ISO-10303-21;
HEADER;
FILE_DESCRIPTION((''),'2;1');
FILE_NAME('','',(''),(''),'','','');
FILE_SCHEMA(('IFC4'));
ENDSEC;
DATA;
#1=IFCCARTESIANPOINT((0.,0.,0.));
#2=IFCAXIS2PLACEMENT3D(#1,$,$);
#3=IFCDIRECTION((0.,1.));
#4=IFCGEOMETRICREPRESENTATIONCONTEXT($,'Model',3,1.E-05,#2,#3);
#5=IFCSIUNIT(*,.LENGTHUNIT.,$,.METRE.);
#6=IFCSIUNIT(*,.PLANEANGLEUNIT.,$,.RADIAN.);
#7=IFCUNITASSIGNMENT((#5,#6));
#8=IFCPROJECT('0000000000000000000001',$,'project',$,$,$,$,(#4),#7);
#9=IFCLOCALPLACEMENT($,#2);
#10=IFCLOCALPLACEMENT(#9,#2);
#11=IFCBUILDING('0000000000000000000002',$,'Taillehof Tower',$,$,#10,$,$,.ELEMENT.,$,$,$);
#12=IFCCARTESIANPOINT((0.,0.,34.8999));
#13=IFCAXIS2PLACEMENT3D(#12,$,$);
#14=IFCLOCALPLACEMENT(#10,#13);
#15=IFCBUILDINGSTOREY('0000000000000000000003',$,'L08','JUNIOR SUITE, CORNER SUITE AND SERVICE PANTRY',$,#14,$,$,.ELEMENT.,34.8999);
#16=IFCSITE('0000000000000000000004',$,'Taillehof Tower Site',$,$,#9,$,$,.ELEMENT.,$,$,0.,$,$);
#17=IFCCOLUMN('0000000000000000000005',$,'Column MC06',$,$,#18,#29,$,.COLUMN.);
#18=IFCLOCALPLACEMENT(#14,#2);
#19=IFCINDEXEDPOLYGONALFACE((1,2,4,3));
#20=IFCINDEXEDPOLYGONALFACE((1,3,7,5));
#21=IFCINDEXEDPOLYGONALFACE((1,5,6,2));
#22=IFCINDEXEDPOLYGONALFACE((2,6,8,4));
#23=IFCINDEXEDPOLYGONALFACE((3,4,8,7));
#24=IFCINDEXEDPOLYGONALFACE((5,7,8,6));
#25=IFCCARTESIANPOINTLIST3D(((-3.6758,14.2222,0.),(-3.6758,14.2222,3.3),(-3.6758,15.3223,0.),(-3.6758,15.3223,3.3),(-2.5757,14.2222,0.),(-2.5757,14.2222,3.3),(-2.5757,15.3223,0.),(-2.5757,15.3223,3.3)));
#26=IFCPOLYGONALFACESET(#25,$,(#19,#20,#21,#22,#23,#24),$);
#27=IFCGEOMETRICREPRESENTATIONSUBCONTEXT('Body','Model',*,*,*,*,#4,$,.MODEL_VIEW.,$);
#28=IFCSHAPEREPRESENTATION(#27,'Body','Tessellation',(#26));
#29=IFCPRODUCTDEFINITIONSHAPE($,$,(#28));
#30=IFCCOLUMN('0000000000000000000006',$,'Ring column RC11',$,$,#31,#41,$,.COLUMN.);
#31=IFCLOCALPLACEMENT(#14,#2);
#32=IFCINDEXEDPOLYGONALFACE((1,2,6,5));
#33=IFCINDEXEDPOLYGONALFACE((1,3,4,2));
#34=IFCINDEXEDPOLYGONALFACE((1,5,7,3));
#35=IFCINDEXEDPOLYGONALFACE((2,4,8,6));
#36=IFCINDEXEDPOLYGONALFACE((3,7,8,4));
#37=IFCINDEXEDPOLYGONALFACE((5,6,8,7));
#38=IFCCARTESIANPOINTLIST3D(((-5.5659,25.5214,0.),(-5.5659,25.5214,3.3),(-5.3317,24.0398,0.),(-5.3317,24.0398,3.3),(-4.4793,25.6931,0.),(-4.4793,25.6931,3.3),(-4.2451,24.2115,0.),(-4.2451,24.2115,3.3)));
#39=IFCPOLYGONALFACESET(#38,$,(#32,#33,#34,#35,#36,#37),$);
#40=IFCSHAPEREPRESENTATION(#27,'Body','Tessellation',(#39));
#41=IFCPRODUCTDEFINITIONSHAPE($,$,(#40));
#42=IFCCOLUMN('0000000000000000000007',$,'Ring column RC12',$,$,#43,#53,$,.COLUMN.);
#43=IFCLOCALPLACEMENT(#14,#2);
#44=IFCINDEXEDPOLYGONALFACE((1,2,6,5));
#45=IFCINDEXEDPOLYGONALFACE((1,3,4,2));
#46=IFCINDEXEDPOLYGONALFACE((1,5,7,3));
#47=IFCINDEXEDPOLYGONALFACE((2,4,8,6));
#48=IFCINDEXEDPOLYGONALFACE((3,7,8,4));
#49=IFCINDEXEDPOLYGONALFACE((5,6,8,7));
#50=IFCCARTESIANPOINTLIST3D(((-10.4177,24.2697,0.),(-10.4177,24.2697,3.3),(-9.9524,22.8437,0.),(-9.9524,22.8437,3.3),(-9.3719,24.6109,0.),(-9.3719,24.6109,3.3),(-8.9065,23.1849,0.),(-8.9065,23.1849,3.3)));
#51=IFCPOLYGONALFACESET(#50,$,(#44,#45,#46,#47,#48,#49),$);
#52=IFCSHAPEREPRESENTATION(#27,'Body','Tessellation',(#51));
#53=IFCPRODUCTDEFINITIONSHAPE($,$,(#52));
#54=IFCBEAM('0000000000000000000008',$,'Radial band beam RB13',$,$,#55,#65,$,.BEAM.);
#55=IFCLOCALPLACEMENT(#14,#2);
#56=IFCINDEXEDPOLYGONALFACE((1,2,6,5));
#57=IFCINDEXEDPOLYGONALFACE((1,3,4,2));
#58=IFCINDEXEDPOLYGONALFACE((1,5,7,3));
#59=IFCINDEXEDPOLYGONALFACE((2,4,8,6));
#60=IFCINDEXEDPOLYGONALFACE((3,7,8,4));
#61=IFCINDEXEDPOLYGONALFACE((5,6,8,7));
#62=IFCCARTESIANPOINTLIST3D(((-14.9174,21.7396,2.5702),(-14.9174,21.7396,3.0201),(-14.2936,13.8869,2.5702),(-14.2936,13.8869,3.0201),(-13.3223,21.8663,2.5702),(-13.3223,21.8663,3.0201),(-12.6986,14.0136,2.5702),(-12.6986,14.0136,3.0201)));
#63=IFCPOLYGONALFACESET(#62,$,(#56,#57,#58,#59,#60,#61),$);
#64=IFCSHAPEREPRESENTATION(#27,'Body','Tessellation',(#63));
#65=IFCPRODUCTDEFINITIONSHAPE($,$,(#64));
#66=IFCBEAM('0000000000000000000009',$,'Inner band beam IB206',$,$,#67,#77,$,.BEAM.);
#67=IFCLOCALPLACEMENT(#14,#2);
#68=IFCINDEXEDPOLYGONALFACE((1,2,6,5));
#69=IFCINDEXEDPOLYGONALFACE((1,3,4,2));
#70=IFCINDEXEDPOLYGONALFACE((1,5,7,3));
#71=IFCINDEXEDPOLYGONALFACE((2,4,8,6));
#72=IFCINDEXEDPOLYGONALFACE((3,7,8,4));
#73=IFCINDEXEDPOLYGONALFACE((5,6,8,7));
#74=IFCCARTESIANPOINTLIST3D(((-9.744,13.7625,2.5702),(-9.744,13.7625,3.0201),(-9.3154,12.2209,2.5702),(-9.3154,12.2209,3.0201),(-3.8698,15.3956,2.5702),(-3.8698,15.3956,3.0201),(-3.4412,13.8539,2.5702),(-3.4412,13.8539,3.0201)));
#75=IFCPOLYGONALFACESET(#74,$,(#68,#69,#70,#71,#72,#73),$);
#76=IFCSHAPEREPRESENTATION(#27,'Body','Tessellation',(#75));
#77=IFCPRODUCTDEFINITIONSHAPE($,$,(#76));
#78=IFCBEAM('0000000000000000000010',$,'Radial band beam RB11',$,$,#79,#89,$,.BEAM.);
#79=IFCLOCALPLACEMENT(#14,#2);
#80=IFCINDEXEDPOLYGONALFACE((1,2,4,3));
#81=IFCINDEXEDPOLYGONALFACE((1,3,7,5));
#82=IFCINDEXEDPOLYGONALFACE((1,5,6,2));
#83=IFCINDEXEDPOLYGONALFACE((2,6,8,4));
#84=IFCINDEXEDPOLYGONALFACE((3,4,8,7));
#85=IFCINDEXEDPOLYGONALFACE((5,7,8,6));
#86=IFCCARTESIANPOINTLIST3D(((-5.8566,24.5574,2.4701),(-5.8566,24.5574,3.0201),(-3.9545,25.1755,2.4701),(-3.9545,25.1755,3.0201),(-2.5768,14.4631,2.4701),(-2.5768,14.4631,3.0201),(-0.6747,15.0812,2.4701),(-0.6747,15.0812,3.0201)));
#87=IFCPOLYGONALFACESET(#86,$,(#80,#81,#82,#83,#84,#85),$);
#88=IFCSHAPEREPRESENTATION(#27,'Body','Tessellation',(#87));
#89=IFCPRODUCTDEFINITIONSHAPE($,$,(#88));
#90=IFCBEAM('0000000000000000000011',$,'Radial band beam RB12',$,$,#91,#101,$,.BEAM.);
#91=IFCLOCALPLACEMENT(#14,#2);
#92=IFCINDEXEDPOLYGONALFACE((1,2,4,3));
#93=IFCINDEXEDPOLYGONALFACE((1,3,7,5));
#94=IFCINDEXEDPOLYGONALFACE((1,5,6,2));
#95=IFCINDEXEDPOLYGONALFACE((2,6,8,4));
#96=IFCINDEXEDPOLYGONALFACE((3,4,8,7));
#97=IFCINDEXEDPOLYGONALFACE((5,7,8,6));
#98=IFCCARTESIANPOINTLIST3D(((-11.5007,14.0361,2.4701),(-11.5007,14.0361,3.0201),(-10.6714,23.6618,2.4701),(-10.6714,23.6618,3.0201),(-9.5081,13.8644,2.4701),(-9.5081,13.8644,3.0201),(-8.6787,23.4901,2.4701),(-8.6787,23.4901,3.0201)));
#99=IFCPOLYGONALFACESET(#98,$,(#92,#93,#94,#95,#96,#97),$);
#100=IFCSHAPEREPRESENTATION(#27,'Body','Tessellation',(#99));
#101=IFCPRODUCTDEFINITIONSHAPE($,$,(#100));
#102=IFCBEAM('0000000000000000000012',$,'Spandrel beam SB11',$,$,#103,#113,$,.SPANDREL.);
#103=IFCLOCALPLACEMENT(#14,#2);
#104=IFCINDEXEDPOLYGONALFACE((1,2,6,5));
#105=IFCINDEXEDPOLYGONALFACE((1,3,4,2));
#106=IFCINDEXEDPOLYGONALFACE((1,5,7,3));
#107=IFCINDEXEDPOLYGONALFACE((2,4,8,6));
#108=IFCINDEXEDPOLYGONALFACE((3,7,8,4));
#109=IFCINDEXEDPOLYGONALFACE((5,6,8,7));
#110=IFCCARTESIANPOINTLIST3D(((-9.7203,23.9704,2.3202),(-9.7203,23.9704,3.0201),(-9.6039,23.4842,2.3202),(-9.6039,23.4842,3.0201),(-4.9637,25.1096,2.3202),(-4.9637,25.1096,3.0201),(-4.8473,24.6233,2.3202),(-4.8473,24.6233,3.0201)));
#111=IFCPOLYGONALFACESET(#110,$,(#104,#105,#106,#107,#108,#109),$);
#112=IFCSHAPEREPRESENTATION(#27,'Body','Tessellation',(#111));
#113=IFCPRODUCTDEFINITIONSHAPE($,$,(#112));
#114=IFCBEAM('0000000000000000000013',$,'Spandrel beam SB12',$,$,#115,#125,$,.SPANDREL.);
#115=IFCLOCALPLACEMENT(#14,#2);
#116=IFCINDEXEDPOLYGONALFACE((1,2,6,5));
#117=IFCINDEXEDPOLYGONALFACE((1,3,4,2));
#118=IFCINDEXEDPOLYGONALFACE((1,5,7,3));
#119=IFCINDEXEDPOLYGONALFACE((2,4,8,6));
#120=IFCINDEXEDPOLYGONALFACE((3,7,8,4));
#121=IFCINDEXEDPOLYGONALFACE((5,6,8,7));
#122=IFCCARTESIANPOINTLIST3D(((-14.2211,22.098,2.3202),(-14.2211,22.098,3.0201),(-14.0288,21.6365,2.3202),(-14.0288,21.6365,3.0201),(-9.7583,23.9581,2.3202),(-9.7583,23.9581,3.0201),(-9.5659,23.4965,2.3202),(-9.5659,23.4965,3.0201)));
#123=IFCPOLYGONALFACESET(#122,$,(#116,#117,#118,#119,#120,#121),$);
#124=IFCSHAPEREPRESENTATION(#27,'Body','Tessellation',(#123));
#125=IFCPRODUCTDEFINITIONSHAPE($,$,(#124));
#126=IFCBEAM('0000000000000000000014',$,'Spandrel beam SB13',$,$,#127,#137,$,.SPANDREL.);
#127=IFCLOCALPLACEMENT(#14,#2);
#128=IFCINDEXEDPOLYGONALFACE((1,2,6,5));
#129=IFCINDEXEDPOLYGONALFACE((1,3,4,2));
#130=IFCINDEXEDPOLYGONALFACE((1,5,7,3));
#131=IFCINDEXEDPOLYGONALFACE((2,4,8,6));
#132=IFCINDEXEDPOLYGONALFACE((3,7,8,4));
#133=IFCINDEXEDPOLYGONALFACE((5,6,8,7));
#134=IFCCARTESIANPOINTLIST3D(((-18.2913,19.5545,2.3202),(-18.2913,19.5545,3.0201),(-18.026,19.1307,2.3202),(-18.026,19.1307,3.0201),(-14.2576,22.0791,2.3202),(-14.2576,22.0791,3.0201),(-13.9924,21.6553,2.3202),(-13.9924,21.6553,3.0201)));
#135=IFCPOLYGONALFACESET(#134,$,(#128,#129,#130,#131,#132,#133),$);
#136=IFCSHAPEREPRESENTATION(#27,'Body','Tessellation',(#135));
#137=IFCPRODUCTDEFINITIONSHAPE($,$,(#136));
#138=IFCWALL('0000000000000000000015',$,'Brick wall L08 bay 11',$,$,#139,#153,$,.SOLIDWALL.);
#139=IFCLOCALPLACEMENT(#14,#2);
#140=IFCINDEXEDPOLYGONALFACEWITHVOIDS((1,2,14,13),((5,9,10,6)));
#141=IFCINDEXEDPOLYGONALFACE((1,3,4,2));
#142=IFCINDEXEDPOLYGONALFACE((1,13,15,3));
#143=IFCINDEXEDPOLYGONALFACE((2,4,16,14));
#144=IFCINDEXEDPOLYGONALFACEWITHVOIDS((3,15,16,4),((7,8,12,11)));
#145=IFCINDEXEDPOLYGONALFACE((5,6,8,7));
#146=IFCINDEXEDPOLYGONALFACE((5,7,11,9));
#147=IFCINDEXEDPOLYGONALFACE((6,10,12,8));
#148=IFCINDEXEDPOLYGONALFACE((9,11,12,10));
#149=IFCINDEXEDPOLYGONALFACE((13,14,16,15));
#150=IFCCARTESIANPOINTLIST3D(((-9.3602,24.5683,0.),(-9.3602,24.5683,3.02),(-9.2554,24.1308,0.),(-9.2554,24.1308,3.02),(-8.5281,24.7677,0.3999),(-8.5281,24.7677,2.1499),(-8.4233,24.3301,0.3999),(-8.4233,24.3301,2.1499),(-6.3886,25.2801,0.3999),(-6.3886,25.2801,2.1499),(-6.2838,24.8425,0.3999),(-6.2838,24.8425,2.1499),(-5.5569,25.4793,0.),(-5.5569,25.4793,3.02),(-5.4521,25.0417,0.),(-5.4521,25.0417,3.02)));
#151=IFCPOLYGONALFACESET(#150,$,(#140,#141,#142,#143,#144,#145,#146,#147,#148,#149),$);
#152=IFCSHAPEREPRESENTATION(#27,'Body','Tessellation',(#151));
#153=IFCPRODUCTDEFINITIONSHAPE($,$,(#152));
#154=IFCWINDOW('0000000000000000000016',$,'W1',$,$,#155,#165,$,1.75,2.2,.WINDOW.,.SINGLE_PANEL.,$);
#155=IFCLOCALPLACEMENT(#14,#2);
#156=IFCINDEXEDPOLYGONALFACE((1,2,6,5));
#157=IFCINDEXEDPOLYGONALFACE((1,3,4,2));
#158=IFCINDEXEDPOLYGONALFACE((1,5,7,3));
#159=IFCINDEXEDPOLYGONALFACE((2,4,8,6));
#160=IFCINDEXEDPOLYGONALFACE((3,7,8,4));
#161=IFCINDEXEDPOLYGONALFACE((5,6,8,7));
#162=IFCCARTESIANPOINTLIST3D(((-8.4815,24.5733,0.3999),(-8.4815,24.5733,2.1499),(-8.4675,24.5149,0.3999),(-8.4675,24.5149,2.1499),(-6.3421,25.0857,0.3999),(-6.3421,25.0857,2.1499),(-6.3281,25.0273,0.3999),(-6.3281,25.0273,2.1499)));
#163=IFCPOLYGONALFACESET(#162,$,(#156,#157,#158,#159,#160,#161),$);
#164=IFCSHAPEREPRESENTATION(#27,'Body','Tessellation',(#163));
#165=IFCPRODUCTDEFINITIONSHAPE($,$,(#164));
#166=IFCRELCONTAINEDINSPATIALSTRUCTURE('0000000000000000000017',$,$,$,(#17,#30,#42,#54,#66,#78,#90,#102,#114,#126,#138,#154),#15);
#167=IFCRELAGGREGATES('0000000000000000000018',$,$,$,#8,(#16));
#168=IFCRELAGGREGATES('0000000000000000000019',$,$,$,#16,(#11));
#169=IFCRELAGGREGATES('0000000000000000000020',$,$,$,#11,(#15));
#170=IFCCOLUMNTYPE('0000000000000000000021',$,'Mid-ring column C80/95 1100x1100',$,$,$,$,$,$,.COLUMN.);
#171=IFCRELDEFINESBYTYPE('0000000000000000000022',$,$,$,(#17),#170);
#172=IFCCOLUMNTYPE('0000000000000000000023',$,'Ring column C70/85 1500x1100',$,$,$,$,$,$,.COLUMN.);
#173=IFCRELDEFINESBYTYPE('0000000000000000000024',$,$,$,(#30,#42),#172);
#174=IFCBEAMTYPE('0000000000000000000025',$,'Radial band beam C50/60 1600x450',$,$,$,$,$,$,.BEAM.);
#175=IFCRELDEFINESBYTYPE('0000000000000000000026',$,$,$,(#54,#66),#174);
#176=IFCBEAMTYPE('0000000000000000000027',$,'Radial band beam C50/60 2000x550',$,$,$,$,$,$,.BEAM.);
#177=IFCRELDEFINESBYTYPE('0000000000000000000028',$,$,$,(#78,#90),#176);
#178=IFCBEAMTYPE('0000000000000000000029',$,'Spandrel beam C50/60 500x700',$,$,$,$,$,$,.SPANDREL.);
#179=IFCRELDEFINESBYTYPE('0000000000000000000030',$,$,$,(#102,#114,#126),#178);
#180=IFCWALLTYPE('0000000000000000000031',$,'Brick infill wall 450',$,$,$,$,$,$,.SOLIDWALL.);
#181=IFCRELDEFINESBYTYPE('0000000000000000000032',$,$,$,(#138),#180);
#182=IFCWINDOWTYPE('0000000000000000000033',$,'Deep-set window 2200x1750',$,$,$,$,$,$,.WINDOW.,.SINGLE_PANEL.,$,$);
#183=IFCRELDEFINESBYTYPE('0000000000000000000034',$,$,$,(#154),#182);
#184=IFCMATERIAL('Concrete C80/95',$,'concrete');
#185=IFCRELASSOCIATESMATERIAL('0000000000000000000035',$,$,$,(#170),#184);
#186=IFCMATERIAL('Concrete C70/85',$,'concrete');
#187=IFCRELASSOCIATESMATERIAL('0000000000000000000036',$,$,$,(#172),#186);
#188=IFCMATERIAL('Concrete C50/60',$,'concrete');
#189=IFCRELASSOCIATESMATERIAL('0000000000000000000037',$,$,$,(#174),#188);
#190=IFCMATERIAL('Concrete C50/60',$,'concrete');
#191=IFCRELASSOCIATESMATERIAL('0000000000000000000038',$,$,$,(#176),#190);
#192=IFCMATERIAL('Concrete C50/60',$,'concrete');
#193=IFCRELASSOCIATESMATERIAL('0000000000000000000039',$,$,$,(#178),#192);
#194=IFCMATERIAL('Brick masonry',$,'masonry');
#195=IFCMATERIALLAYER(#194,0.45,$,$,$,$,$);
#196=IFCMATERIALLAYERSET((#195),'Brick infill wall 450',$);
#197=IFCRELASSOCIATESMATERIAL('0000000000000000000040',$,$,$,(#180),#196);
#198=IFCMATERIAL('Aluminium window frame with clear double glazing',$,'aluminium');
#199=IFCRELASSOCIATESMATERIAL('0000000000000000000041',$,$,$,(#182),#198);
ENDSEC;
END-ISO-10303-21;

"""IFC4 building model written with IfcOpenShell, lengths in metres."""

from ifc_helpers import new_model, si_unit, direction, frame, frame_2d, origin, origin_2d, place, context, subcontext, project, spatial, rectangle, extrude, material, layer, layer_set, material_profile, profile_set, type_object, element, fill, save


model = new_model("IFC4")

# Units and contexts
model_context = context("Model", 3, precision=1e-05, world=origin(), true_north=direction((0.0, 1.0)))
body_context = subcontext(model_context, "Body", "Model", "MODEL_VIEW")
ifc_project = project(units=[si_unit("LENGTHUNIT", "METRE"), si_unit("PLANEANGLEUNIT", "RADIAN")], contexts=[model_context])

# Site, building, storey
site_placement = place(None, origin())
site = spatial("IfcSite", under=ifc_project, at=site_placement, Name="Taillehof Tower Site", CompositionType="ELEMENT", RefElevation=0.0)
building_placement = place(site_placement, origin())
building = spatial("IfcBuilding", under=site, at=building_placement, Name="Taillehof Tower", CompositionType="ELEMENT")
storey_placement = place(building_placement, frame((0.0, 0.0, 34.8999)))
storey = spatial("IfcBuildingStorey", under=building, at=storey_placement, Name="L08", Description="JUNIOR SUITE, CORNER SUITE AND SERVICE PANTRY", CompositionType="ELEMENT", Elevation=34.8999)

# Columns
ifc_material_1 = material(Name="Concrete C80/95", Category="concrete")
ifc_material_profile_1 = material_profile(ifc_material_1, rectangle(XDim=1.1001, YDim=1.1001, at=origin_2d()), Name="RC 1100x1100")
ifc_profile_set_1 = profile_set([ifc_material_profile_1], Name="Concrete C80/95")
column_type_1 = type_object("IfcColumnType", Name="Mid-ring column C80/95 1100x1100", PredefinedType="COLUMN", material=ifc_profile_set_1)
column_placement = place(storey_placement, frame((-3.1257, 14.7722, 0.0), z_axis=(0.0, 0.0, 1.0), x_axis=(1.0, 0.0, 0.0)))
element("IfcColumn", 1, at=column_placement, inside=storey, type_object=column_type_1, Name="Column MC06", PredefinedType="COLUMN", context=body_context, shape_type="SweptSolid", body=[
    extrude(rectangle(XDim=1.1001, YDim=1.1001, at=origin_2d()), origin(), (0.0, 0.0, 1.0), 3.3),
])
ifc_material_2 = material(Name="Concrete C70/85", Category="concrete")
ifc_material_profile_2 = material_profile(ifc_material_2, rectangle(XDim=1.5, YDim=1.1001, at=origin_2d()), Name="RC 1500x1100")
ifc_profile_set_2 = profile_set([ifc_material_profile_2], Name="Concrete C70/85")
column_type_2 = type_object("IfcColumnType", Name="Ring column C70/85 1500x1100", PredefinedType="COLUMN", material=ifc_profile_set_2)
for number, where, z_axis, x_axis, name in (
    (2, (-4.9055, 24.8665, 0.0), (0.0, 0.0, 1.0), (-0.156147, 0.987734, 0.0), "Ring column RC11"),
    (3, (-9.6621, 23.7273, 0.0), (0.0, 0.0, 1.0), (-0.310219, 0.950665, 0.0), "Ring column RC12"),
):
    element("IfcColumn", number, at=place(storey_placement, frame(where, z_axis=z_axis, x_axis=x_axis)), inside=storey, type_object=column_type_2, Name=name, PredefinedType="COLUMN", context=body_context, shape_type="SweptSolid", body=[
        extrude(rectangle(XDim=1.5, YDim=1.1001, at=origin_2d()), origin(), (0.0, 0.0, 1.0), 3.3),
    ])

# Beams
ifc_material_3 = material(Name="Concrete C50/60", Category="concrete")
ifc_material_profile_3 = material_profile(ifc_material_3, rectangle(XDim=1.6001, YDim=0.45, at=origin_2d()), Name="RC 1600x450")
ifc_profile_set_3 = profile_set([ifc_material_profile_3], Name="Concrete C50/60")
beam_type_1 = type_object("IfcBeamType", Name="Radial band beam C50/60 1600x450", PredefinedType="BEAM", material=ifc_profile_set_3)
beam_1_placement = place(storey_placement, frame((-14.1199, 21.803, 2.7952), z_axis=(0.079185, -0.99686, 0.0), x_axis=(0.99686, 0.079185, 0.0)))
element("IfcBeam", 4, at=beam_1_placement, inside=storey, type_object=beam_type_1, Name="Radial band beam RB13", PredefinedType="BEAM", context=body_context, shape_type="SweptSolid", body=[
    extrude(rectangle(XDim=1.6001, YDim=0.45, at=origin_2d()), origin(), (0.0, 0.0, 1.0), 7.8774),
])
beam_2_placement = place(storey_placement, frame((-3.6555, 14.6248, 2.7952), z_axis=(-0.963459, -0.267855, 0.0), x_axis=(0.267855, -0.963459, 0.0)))
element("IfcBeam", 5, at=beam_2_placement, inside=storey, type_object=beam_type_1, Name="Inner band beam IB206", PredefinedType="BEAM", context=body_context, shape_type="SweptSolid", body=[
    extrude(rectangle(XDim=1.6001, YDim=0.45, at=origin_2d()), origin(), (0.0, 0.0, 1.0), 6.0969),
])
ifc_material_4 = material(Name="Concrete C50/60", Category="concrete")
ifc_material_profile_4 = material_profile(ifc_material_4, rectangle(XDim=2.0, YDim=0.55, at=origin_2d()), Name="RC 2000x550")
ifc_profile_set_4 = profile_set([ifc_material_profile_4], Name="Concrete C50/60")
beam_type_2 = type_object("IfcBeamType", Name="Radial band beam C50/60 2000x550", PredefinedType="BEAM", material=ifc_profile_set_4)
beam_3_placement = place(storey_placement, frame((-4.9055, 24.8665, 2.7451), z_axis=(0.309014, -0.951057, 0.0), x_axis=(0.951057, 0.309014, 0.0)))
element("IfcBeam", 6, at=beam_3_placement, inside=storey, type_object=beam_type_2, Name="Radial band beam RB11", PredefinedType="BEAM", context=body_context, shape_type="SweptSolid", body=[
    extrude(rectangle(XDim=2.0, YDim=0.55, at=origin_2d()), origin(), (0.0, 0.0, 1.0), 10.6138),
])
beam_4_placement = place(storey_placement, frame((-9.675, 23.5759, 2.7451), z_axis=(-0.085841, -0.996309, 0.0), x_axis=(0.996309, -0.085841, 0.0)))
element("IfcBeam", 7, at=beam_4_placement, inside=storey, type_object=beam_type_2, Name="Radial band beam RB12", PredefinedType="BEAM", context=body_context, shape_type="SweptSolid", body=[
    extrude(rectangle(XDim=2.0, YDim=0.55, at=origin_2d()), origin(), (0.0, 0.0, 1.0), 9.6614),
])
ifc_material_5 = material(Name="Concrete C50/60", Category="concrete")
ifc_material_profile_5 = material_profile(ifc_material_5, rectangle(XDim=0.5, YDim=0.7, at=origin_2d()), Name="RC 500x700")
ifc_profile_set_5 = profile_set([ifc_material_profile_5], Name="Concrete C50/60")
beam_type_3 = type_object("IfcBeamType", Name="Spandrel beam C50/60 500x700", PredefinedType="SPANDREL", material=ifc_profile_set_5)
beam_5_placement = place(storey_placement, frame((-4.9055, 24.8665, 2.6702), z_axis=(-0.9725, -0.232905, 0.0), x_axis=(0.232905, -0.9725, 0.0)))
element("IfcBeam", 8, at=beam_5_placement, inside=storey, type_object=beam_type_3, Name="Spandrel beam SB11", PredefinedType="SPANDREL", context=body_context, shape_type="SweptSolid", body=[
    extrude(rectangle(XDim=0.5, YDim=0.7, at=origin_2d()), origin(), (0.0, 0.0, 1.0), 4.8911),
])
beam_6_placement = place(storey_placement, frame((-9.6621, 23.7273, 2.6702), z_axis=(-0.923035, -0.384716, 0.0), x_axis=(0.384716, -0.923035, 0.0)))
element("IfcBeam", 9, at=beam_6_placement, inside=storey, type_object=beam_type_3, Name="Spandrel beam SB12", PredefinedType="SPANDREL", context=body_context, shape_type="SweptSolid", body=[
    extrude(rectangle(XDim=0.5, YDim=0.7, at=origin_2d()), origin(), (0.0, 0.0, 1.0), 4.835),
])
beam_7_placement = place(storey_placement, frame((-14.125, 21.8672, 2.6702), z_axis=(-0.847658, -0.530543, 0.0), x_axis=(0.530543, -0.847658, 0.0)))
element("IfcBeam", 10, at=beam_7_placement, inside=storey, type_object=beam_type_3, Name="Spandrel beam SB13", PredefinedType="SPANDREL", context=body_context, shape_type="SweptSolid", body=[
    extrude(rectangle(XDim=0.5, YDim=0.7, at=origin_2d()), origin(), (0.0, 0.0, 1.0), 4.7585),
])

# Wall, opening, window
ifc_material_6 = material(Name="Brick masonry", Category="masonry")
ifc_layer_1 = layer(ifc_material_6, 0.45)
ifc_layer_set_1 = layer_set([ifc_layer_1], Name="Brick infill wall 450")
wall_type_1 = type_object("IfcWallType", Name="Brick infill wall 450", PredefinedType="SOLIDWALL", material=ifc_layer_set_1)
wall_1_placement = place(storey_placement, frame((-5.5044, 25.2605, 0.0), z_axis=(0.0, 0.0, 1.0), x_axis=(-0.972497, -0.232917, 0.0)))
wall_1 = element("IfcWall", 11, at=wall_1_placement, inside=storey, type_object=wall_type_1, Name="Brick wall L08 bay 11", PredefinedType="SOLIDWALL", context=body_context, shape_type="SweptSolid", body=[
    extrude(rectangle(XDim=3.9109, YDim=0.45, at=frame_2d((1.9556, 0.0))), origin(), (0.0, 0.0, 1.0), 3.02),
])
opening_1_placement = place(wall_1_placement, frame((0.8552, 0.0, 0.3999)))
opening_1 = element("IfcOpeningElement", 12, at=opening_1_placement, cuts=wall_1, PredefinedType="OPENING", context=body_context, shape_type="SweptSolid", body=[
    extrude(rectangle(XDim=2.2, YDim=1.75, at=frame_2d((1.1001, 0.875))), frame((0.0, 0.2349, 0.0), z_axis=(0.0, -1.0, 0.0), x_axis=(1.0, 0.0, 0.0)), (0.0, 0.0, 1.0), 0.47),
])
ifc_material_7 = material(Name="Aluminium window frame with clear double glazing", Category="aluminium")
window_type = type_object("IfcWindowType", Name="Deep-set window 2200x1750", PartitioningType="SINGLE_PANEL", PredefinedType="WINDOW", material=ifc_material_7)
window_1_placement = place(opening_1_placement, origin())
window_1 = element("IfcWindow", 13, at=window_1_placement, inside=storey, type_object=window_type, Name="W1", OverallHeight=1.75, OverallWidth=2.2, PartitioningType="SINGLE_PANEL", PredefinedType="WINDOW", context=body_context, shape_type="SweptSolid", body=[
    extrude(rectangle(XDim=2.2, YDim=1.75, at=frame_2d((1.1001, 0.875))), frame((0.0, 0.0349, 0.0), z_axis=(0.0, -1.0, 0.0), x_axis=(1.0, 0.0, 0.0)), (0.0, 0.0, 1.0), 0.0601),
])
fill(opening_1, window_1)

save(model, "model.ifc")
